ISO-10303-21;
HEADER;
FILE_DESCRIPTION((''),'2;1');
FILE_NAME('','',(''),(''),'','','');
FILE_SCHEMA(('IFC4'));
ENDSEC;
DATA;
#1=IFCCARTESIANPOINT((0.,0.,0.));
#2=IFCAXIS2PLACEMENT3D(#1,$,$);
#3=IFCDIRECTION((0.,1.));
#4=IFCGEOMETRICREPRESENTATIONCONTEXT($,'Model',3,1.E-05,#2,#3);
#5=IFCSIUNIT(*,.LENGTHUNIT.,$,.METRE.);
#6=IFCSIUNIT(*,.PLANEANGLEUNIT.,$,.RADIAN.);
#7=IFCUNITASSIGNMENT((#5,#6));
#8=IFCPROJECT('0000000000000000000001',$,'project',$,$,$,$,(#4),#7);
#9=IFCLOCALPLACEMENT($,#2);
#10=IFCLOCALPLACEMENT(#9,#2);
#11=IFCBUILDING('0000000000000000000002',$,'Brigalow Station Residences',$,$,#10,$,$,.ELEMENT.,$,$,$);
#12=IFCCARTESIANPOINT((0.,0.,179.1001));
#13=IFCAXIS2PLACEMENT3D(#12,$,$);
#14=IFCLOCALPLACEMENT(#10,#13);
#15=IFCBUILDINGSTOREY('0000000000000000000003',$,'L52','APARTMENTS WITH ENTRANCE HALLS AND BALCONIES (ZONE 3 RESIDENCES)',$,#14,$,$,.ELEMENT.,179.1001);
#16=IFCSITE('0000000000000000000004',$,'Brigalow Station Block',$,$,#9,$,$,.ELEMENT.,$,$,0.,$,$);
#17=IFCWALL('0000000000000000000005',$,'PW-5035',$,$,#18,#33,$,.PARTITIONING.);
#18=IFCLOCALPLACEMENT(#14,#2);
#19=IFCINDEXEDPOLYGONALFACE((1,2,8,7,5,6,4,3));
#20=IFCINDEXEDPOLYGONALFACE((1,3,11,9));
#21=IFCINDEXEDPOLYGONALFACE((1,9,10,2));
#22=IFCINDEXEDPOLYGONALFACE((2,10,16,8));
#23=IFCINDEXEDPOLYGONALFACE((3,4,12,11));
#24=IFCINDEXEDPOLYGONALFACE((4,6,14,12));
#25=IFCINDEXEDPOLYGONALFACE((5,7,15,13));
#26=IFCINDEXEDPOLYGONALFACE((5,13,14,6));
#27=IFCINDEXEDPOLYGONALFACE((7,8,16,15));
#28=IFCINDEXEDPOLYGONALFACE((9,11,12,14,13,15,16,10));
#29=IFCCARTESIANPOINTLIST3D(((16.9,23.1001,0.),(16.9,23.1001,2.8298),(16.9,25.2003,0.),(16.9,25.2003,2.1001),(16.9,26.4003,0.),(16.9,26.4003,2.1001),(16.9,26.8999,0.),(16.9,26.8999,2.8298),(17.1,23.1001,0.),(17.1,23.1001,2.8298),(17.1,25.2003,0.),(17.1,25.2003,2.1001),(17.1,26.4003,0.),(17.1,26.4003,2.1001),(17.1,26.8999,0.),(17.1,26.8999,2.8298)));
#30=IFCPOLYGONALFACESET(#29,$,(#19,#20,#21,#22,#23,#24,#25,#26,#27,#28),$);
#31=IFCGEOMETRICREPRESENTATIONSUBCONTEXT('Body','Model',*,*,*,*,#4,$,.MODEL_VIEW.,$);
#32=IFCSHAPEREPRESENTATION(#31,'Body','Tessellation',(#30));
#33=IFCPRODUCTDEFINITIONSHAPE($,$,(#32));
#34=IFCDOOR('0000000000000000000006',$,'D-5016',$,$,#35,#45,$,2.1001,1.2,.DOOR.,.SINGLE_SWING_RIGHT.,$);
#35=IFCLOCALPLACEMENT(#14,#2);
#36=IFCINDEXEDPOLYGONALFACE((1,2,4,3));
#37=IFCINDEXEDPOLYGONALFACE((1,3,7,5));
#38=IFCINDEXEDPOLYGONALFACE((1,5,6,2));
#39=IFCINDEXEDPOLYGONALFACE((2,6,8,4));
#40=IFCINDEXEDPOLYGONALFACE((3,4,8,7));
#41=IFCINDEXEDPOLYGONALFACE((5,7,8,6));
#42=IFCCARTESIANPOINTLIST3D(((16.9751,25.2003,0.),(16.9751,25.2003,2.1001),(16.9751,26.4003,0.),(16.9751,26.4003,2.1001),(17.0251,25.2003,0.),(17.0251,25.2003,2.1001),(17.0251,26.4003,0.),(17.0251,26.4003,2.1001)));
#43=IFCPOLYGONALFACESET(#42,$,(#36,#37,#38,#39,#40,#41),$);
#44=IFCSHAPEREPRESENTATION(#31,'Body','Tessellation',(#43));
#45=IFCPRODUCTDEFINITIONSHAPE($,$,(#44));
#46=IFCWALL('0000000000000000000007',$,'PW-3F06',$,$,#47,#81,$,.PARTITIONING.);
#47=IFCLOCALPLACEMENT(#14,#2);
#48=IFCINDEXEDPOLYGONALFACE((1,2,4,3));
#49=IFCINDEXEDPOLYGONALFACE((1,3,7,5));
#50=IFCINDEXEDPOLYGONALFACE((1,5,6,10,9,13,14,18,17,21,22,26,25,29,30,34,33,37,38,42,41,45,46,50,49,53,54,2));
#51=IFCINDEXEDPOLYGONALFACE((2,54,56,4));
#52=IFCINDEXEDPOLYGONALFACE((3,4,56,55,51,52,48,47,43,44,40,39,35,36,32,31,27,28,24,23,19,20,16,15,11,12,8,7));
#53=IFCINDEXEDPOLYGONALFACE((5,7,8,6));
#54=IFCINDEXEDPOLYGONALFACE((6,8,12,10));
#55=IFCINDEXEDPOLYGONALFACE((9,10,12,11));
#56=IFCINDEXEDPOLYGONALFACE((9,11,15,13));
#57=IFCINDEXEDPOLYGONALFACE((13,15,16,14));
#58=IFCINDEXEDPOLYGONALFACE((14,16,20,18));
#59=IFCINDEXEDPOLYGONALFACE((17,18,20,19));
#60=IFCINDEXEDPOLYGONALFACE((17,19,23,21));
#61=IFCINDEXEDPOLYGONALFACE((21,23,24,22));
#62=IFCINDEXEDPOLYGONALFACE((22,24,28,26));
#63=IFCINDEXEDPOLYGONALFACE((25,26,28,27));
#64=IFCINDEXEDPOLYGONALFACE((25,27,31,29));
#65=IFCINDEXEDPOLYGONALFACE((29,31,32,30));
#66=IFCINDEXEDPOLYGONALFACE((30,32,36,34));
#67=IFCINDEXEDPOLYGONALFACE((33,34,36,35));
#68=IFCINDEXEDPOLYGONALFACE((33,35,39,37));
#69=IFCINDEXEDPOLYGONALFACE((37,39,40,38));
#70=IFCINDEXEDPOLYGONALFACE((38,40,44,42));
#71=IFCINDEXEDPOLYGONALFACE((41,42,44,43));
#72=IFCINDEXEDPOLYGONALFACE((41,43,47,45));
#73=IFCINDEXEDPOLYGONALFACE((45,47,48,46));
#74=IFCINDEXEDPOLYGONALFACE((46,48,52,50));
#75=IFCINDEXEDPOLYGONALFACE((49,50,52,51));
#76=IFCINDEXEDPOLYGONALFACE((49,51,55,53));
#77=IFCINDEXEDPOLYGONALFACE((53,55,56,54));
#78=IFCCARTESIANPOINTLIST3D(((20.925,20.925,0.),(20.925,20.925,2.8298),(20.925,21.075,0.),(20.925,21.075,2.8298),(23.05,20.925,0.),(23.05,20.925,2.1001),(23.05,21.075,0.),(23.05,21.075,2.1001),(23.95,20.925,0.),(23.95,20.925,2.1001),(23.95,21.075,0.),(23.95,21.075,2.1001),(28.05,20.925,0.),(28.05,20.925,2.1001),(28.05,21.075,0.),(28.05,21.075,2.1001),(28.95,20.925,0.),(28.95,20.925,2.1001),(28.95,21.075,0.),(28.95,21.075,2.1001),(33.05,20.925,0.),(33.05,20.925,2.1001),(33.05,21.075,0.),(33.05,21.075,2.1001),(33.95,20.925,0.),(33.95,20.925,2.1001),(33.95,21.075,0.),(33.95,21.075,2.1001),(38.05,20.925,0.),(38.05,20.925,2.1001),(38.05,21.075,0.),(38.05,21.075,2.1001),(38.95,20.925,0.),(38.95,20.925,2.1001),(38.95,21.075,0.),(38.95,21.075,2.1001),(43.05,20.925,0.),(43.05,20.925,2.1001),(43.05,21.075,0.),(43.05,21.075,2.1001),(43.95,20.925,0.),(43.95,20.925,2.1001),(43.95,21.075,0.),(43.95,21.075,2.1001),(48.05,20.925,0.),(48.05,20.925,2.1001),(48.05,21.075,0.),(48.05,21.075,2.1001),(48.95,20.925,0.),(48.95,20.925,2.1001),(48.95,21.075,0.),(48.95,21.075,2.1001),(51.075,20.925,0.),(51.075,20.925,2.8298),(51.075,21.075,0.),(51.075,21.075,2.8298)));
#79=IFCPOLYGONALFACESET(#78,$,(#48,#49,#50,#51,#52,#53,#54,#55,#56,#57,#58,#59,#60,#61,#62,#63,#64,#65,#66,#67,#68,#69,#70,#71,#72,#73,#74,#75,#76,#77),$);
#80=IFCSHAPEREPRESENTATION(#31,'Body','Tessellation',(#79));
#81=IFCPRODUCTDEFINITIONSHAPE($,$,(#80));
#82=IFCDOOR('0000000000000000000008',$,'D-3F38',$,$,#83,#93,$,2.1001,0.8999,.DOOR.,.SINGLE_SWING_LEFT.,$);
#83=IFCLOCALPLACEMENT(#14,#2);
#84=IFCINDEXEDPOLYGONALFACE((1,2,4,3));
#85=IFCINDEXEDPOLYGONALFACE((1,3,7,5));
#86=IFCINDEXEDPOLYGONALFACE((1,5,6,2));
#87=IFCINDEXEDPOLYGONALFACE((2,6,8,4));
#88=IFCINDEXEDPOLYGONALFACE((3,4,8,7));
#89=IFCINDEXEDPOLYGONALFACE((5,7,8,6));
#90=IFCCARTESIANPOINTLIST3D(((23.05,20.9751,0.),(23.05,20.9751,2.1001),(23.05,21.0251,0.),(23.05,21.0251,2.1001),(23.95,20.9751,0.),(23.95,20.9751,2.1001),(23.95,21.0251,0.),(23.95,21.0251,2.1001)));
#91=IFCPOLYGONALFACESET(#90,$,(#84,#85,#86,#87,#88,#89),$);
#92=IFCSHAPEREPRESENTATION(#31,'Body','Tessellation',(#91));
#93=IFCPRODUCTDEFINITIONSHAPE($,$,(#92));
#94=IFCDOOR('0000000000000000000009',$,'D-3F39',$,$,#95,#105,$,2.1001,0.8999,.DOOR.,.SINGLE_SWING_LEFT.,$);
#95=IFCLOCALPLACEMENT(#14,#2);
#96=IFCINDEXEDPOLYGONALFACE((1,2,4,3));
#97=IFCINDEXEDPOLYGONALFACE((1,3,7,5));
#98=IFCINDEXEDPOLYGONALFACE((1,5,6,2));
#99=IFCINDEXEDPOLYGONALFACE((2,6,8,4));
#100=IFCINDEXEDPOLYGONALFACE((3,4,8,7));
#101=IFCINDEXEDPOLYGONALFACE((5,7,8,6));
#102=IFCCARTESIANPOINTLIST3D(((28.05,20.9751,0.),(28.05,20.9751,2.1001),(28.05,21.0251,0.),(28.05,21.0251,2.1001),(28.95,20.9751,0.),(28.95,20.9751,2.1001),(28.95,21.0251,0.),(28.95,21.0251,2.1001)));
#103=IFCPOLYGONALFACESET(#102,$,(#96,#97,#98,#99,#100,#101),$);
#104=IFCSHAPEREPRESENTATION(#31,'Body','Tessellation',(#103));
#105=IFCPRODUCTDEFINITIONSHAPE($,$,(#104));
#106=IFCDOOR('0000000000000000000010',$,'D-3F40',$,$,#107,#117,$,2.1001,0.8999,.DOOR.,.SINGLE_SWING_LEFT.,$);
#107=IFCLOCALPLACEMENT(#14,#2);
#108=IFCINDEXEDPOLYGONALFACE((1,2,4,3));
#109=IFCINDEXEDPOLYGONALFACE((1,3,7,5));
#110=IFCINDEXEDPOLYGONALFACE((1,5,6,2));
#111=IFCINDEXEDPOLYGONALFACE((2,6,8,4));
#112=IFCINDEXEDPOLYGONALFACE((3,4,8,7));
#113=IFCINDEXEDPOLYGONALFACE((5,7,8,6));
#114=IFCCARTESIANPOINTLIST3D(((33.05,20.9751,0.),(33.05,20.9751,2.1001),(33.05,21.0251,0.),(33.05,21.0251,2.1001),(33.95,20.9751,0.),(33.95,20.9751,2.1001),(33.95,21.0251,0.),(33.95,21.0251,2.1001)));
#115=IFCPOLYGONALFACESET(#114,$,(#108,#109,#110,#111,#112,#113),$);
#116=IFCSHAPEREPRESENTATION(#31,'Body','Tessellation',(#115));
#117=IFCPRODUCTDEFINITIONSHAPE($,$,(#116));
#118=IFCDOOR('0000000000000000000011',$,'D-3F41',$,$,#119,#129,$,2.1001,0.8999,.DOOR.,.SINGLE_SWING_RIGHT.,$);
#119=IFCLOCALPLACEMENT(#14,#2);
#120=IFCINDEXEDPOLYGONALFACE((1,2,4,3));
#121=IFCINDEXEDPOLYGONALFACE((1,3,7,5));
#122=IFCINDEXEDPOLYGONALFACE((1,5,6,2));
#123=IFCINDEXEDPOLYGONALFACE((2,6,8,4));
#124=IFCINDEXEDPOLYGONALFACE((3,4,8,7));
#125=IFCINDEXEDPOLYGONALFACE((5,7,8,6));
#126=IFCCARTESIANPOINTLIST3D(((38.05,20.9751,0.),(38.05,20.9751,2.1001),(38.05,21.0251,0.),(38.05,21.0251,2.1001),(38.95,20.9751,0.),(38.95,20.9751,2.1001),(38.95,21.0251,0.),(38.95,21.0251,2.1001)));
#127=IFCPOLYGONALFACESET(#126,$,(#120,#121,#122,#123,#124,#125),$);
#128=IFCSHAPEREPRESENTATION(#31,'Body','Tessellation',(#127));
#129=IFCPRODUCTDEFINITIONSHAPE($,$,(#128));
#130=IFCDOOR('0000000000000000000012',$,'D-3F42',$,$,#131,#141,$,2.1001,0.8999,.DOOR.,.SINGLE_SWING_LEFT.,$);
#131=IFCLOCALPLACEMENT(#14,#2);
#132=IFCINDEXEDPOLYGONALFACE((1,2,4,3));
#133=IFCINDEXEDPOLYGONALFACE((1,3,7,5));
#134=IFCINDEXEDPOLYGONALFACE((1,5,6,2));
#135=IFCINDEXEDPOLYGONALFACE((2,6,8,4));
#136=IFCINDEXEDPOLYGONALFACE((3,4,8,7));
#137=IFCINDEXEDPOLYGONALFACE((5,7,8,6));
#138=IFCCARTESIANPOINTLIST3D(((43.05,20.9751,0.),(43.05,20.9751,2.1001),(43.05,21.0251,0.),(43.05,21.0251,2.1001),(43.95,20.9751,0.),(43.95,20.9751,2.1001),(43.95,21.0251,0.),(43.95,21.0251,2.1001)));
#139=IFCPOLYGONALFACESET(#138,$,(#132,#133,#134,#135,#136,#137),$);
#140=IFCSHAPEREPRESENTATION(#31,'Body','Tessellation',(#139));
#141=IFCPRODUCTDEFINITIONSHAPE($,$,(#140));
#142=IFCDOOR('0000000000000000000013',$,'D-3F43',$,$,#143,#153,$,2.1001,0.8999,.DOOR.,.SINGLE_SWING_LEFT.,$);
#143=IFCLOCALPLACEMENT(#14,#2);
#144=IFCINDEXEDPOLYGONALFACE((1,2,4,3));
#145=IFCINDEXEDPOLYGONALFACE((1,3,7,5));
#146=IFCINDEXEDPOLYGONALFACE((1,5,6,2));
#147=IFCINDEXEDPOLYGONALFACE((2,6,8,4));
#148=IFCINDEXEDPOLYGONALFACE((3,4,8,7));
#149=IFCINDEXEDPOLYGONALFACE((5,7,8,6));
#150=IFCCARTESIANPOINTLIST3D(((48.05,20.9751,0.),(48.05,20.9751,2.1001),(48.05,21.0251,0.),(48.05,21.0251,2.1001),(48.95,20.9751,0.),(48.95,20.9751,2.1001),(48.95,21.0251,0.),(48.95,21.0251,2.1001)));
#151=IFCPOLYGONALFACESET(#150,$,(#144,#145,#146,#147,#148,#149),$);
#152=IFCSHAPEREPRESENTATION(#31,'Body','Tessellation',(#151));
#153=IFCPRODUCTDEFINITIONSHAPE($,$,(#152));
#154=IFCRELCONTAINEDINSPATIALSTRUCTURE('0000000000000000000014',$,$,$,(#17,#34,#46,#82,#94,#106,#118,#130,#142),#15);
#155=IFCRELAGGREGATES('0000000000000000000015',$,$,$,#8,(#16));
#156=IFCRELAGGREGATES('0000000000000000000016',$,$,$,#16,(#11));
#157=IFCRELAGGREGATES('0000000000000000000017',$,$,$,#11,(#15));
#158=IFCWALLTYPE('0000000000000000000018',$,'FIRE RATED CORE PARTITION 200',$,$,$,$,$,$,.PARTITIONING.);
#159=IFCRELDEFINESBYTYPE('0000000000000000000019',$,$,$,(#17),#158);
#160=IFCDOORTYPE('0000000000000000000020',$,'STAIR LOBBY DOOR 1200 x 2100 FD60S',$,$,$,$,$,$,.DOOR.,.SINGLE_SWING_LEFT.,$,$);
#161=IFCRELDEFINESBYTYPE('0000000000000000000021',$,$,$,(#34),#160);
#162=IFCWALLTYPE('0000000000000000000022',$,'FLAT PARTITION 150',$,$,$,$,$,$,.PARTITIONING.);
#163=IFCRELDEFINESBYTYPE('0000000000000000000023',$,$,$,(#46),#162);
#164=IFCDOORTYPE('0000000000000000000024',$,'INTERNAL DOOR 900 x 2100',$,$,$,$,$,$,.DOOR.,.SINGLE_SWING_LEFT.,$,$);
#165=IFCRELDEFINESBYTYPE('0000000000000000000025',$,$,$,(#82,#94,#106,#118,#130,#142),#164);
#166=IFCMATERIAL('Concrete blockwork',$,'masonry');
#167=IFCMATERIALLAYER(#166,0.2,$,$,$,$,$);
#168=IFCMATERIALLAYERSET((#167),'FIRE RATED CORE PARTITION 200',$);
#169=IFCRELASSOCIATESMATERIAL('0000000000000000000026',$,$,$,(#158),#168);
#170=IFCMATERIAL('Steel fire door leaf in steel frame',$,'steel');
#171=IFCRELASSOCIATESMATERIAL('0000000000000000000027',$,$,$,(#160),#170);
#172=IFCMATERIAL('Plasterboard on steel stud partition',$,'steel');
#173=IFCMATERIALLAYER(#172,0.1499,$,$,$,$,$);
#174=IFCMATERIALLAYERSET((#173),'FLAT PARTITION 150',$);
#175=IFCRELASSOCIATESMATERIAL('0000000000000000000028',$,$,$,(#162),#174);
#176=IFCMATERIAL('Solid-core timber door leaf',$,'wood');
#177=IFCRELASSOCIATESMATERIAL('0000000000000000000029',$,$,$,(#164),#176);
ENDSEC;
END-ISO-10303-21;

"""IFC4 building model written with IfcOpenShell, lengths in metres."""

from ifc_helpers import new_model, si_unit, direction, frame, frame_2d, origin, place, context, subcontext, project, spatial, rectangle, extrude, material, layer, layer_set, type_object, element, fill, save


model = new_model("IFC4")

# Units and contexts
model_context = context("Model", 3, precision=1e-05, world=origin(), true_north=direction((0.0, 1.0)))
body_context = subcontext(model_context, "Body", "Model", "MODEL_VIEW")
ifc_project = project(units=[si_unit("LENGTHUNIT", "METRE"), si_unit("PLANEANGLEUNIT", "RADIAN")], contexts=[model_context])

# Site, building, storey
site_placement = place(None, origin())
site = spatial("IfcSite", under=ifc_project, at=site_placement, Name="Brigalow Station Block", CompositionType="ELEMENT", RefElevation=0.0)
building_placement = place(site_placement, origin())
building = spatial("IfcBuilding", under=site, at=building_placement, Name="Brigalow Station Residences", CompositionType="ELEMENT")
storey_placement = place(building_placement, frame((0.0, 0.0, 179.1001)))
storey = spatial("IfcBuildingStorey", under=building, at=storey_placement, Name="L52", Description="APARTMENTS WITH ENTRANCE HALLS AND BALCONIES (ZONE 3 RESIDENCES)", CompositionType="ELEMENT", Elevation=179.1001)

# Wall, opening, door
ifc_material_1 = material(Name="Concrete blockwork", Category="masonry")
ifc_layer_1 = layer(ifc_material_1, 0.2)
ifc_layer_set_1 = layer_set([ifc_layer_1], Name="FIRE RATED CORE PARTITION 200")
wall_type_1 = type_object("IfcWallType", Name="FIRE RATED CORE PARTITION 200", PredefinedType="PARTITIONING", material=ifc_layer_set_1)
wall_1_placement = place(storey_placement, frame((17.0, 23.1001, 0.0), z_axis=(0.0, 0.0, 1.0), x_axis=(0.0, 1.0, 0.0)))
wall_1 = element("IfcWall", 1, at=wall_1_placement, inside=storey, type_object=wall_type_1, Name="PW-5035", PredefinedType="PARTITIONING", context=body_context, shape_type="SweptSolid", body=[
    extrude(rectangle(XDim=3.7998, YDim=0.2, at=frame_2d((1.8999, 0.0))), origin(), (0.0, 0.0, 1.0), 2.8298),
])
opening_1_placement = place(wall_1_placement, frame((2.1001, 0.0, 0.0)))
opening_1 = element("IfcOpeningElement", 2, at=opening_1_placement, cuts=wall_1, PredefinedType="OPENING", context=body_context, shape_type="SweptSolid", body=[
    extrude(rectangle(XDim=1.2, YDim=2.1001, at=frame_2d((0.6001, 1.05))), frame((0.0, 0.1099, 0.0), z_axis=(0.0, -1.0, 0.0), x_axis=(1.0, 0.0, 0.0)), (0.0, 0.0, 1.0), 0.22),
])
ifc_material_2 = material(Name="Steel fire door leaf in steel frame", Category="steel")
door_type_1 = type_object("IfcDoorType", Name="STAIR LOBBY DOOR 1200 x 2100 FD60S", OperationType="SINGLE_SWING_LEFT", PredefinedType="DOOR", material=ifc_material_2)
door_1_placement = place(opening_1_placement, origin())
door_1 = element("IfcDoor", 3, at=door_1_placement, inside=storey, type_object=door_type_1, Name="D-5016", OperationType="SINGLE_SWING_RIGHT", OverallHeight=2.1001, OverallWidth=1.2, PredefinedType="DOOR", context=body_context, shape_type="SweptSolid", body=[
    extrude(rectangle(XDim=1.2, YDim=2.1001, at=frame_2d((0.6001, 1.05))), frame((0.0, 0.0249, 0.0), z_axis=(0.0, -1.0, 0.0), x_axis=(1.0, 0.0, 0.0)), (0.0, 0.0, 1.0), 0.05),
])
fill(opening_1, door_1)

# Wall, openings, doors
ifc_material_3 = material(Name="Plasterboard on steel stud partition", Category="steel")
ifc_layer_2 = layer(ifc_material_3, 0.1499)
ifc_layer_set_2 = layer_set([ifc_layer_2], Name="FLAT PARTITION 150")
wall_type_2 = type_object("IfcWallType", Name="FLAT PARTITION 150", PredefinedType="PARTITIONING", material=ifc_layer_set_2)
wall_2_placement = place(storey_placement, frame((20.925, 21.0, 0.0), z_axis=(0.0, 0.0, 1.0), x_axis=(1.0, 0.0, 0.0)))
wall_2 = element("IfcWall", 4, at=wall_2_placement, inside=storey, type_object=wall_type_2, Name="PW-3F06", PredefinedType="PARTITIONING", context=body_context, shape_type="SweptSolid", body=[
    extrude(rectangle(XDim=30.1499, YDim=0.1499, at=frame_2d((15.075, 0.0))), origin(), (0.0, 0.0, 1.0), 2.8298),
])
opening_2_placement = place(wall_2_placement, frame((2.125, 0.0, 0.0)))
opening_2 = element("IfcOpeningElement", 5, at=opening_2_placement, cuts=wall_2, PredefinedType="OPENING", context=body_context, shape_type="SweptSolid", body=[
    extrude(rectangle(XDim=0.8999, YDim=2.1001, at=frame_2d((0.45, 1.05))), frame((0.0, 0.085, 0.0), z_axis=(0.0, -1.0, 0.0), x_axis=(1.0, 0.0, 0.0)), (0.0, 0.0, 1.0), 0.1699),
])
opening_3_placement = place(wall_2_placement, frame((7.125, 0.0, 0.0)))
opening_3 = element("IfcOpeningElement", 6, at=opening_3_placement, cuts=wall_2, PredefinedType="OPENING", context=body_context, shape_type="SweptSolid", body=[
    extrude(rectangle(XDim=0.8999, YDim=2.1001, at=frame_2d((0.45, 1.05))), frame((0.0, 0.085, 0.0), z_axis=(0.0, -1.0, 0.0), x_axis=(1.0, 0.0, 0.0)), (0.0, 0.0, 1.0), 0.1699),
])
opening_4_placement = place(wall_2_placement, frame((12.125, 0.0, 0.0)))
opening_4 = element("IfcOpeningElement", 7, at=opening_4_placement, cuts=wall_2, PredefinedType="OPENING", context=body_context, shape_type="SweptSolid", body=[
    extrude(rectangle(XDim=0.8999, YDim=2.1001, at=frame_2d((0.45, 1.05))), frame((0.0, 0.085, 0.0), z_axis=(0.0, -1.0, 0.0), x_axis=(1.0, 0.0, 0.0)), (0.0, 0.0, 1.0), 0.1699),
])
opening_5_placement = place(wall_2_placement, frame((17.125, 0.0, 0.0)))
opening_5 = element("IfcOpeningElement", 8, at=opening_5_placement, cuts=wall_2, PredefinedType="OPENING", context=body_context, shape_type="SweptSolid", body=[
    extrude(rectangle(XDim=0.8999, YDim=2.1001, at=frame_2d((0.45, 1.05))), frame((0.0, 0.085, 0.0), z_axis=(0.0, -1.0, 0.0), x_axis=(1.0, 0.0, 0.0)), (0.0, 0.0, 1.0), 0.1699),
])
opening_6_placement = place(wall_2_placement, frame((22.125, 0.0, 0.0)))
opening_6 = element("IfcOpeningElement", 9, at=opening_6_placement, cuts=wall_2, PredefinedType="OPENING", context=body_context, shape_type="SweptSolid", body=[
    extrude(rectangle(XDim=0.8999, YDim=2.1001, at=frame_2d((0.45, 1.05))), frame((0.0, 0.085, 0.0), z_axis=(0.0, -1.0, 0.0), x_axis=(1.0, 0.0, 0.0)), (0.0, 0.0, 1.0), 0.1699),
])
opening_7_placement = place(wall_2_placement, frame((27.125, 0.0, 0.0)))
opening_7 = element("IfcOpeningElement", 10, at=opening_7_placement, cuts=wall_2, PredefinedType="OPENING", context=body_context, shape_type="SweptSolid", body=[
    extrude(rectangle(XDim=0.8999, YDim=2.1001, at=frame_2d((0.45, 1.05))), frame((0.0, 0.085, 0.0), z_axis=(0.0, -1.0, 0.0), x_axis=(1.0, 0.0, 0.0)), (0.0, 0.0, 1.0), 0.1699),
])
ifc_material_4 = material(Name="Solid-core timber door leaf", Category="wood")
door_type_2 = type_object("IfcDoorType", Name="INTERNAL DOOR 900 x 2100", OperationType="SINGLE_SWING_LEFT", PredefinedType="DOOR", material=ifc_material_4)
door_2_placement = place(opening_2_placement, frame((0.8999, 0.0, 0.0), z_axis=(0.0, 0.0, 1.0), x_axis=(-1.0, 0.0, 0.0)))
door_2 = element("IfcDoor", 11, at=door_2_placement, inside=storey, type_object=door_type_2, Name="D-3F38", OperationType="SINGLE_SWING_LEFT", OverallHeight=2.1001, OverallWidth=0.8999, PredefinedType="DOOR", context=body_context, shape_type="SweptSolid", body=[
    extrude(rectangle(XDim=0.8999, YDim=2.1001, at=frame_2d((0.45, 1.05))), frame((0.0, 0.0249, 0.0), z_axis=(0.0, -1.0, 0.0), x_axis=(1.0, 0.0, 0.0)), (0.0, 0.0, 1.0), 0.05),
])
fill(opening_2, door_2)
door_3_placement = place(opening_3_placement, frame((0.8999, 0.0, 0.0), z_axis=(0.0, 0.0, 1.0), x_axis=(-1.0, 0.0, 0.0)))
door_3 = element("IfcDoor", 12, at=door_3_placement, inside=storey, type_object=door_type_2, Name="D-3F39", OperationType="SINGLE_SWING_LEFT", OverallHeight=2.1001, OverallWidth=0.8999, PredefinedType="DOOR", context=body_context, shape_type="SweptSolid", body=[
    extrude(rectangle(XDim=0.8999, YDim=2.1001, at=frame_2d((0.45, 1.05))), frame((0.0, 0.0249, 0.0), z_axis=(0.0, -1.0, 0.0), x_axis=(1.0, 0.0, 0.0)), (0.0, 0.0, 1.0), 0.05),
])
fill(opening_3, door_3)
door_4_placement = place(opening_4_placement, frame((0.8999, 0.0, 0.0), z_axis=(0.0, 0.0, 1.0), x_axis=(-1.0, 0.0, 0.0)))
door_4 = element("IfcDoor", 13, at=door_4_placement, inside=storey, type_object=door_type_2, Name="D-3F40", OperationType="SINGLE_SWING_LEFT", OverallHeight=2.1001, OverallWidth=0.8999, PredefinedType="DOOR", context=body_context, shape_type="SweptSolid", body=[
    extrude(rectangle(XDim=0.8999, YDim=2.1001, at=frame_2d((0.45, 1.05))), frame((0.0, 0.0249, 0.0), z_axis=(0.0, -1.0, 0.0), x_axis=(1.0, 0.0, 0.0)), (0.0, 0.0, 1.0), 0.05),
])
fill(opening_4, door_4)
door_5_placement = place(opening_5_placement, frame((0.8999, 0.0, 0.0), z_axis=(0.0, 0.0, 1.0), x_axis=(-1.0, 0.0, 0.0)))
door_5 = element("IfcDoor", 14, at=door_5_placement, inside=storey, type_object=door_type_2, Name="D-3F41", OperationType="SINGLE_SWING_RIGHT", OverallHeight=2.1001, OverallWidth=0.8999, PredefinedType="DOOR", context=body_context, shape_type="SweptSolid", body=[
    extrude(rectangle(XDim=0.8999, YDim=2.1001, at=frame_2d((0.45, 1.05))), frame((0.0, 0.0249, 0.0), z_axis=(0.0, -1.0, 0.0), x_axis=(1.0, 0.0, 0.0)), (0.0, 0.0, 1.0), 0.05),
])
fill(opening_5, door_5)
door_6_placement = place(opening_6_placement, frame((0.8999, 0.0, 0.0), z_axis=(0.0, 0.0, 1.0), x_axis=(-1.0, 0.0, 0.0)))
door_6 = element("IfcDoor", 15, at=door_6_placement, inside=storey, type_object=door_type_2, Name="D-3F42", OperationType="SINGLE_SWING_LEFT", OverallHeight=2.1001, OverallWidth=0.8999, PredefinedType="DOOR", context=body_context, shape_type="SweptSolid", body=[
    extrude(rectangle(XDim=0.8999, YDim=2.1001, at=frame_2d((0.45, 1.05))), frame((0.0, 0.0249, 0.0), z_axis=(0.0, -1.0, 0.0), x_axis=(1.0, 0.0, 0.0)), (0.0, 0.0, 1.0), 0.05),
])
fill(opening_6, door_6)
door_7_placement = place(opening_7_placement, frame((0.8999, 0.0, 0.0), z_axis=(0.0, 0.0, 1.0), x_axis=(-1.0, 0.0, 0.0)))
door_7 = element("IfcDoor", 16, at=door_7_placement, inside=storey, type_object=door_type_2, Name="D-3F43", OperationType="SINGLE_SWING_LEFT", OverallHeight=2.1001, OverallWidth=0.8999, PredefinedType="DOOR", context=body_context, shape_type="SweptSolid", body=[
    extrude(rectangle(XDim=0.8999, YDim=2.1001, at=frame_2d((0.45, 1.05))), frame((0.0, 0.0249, 0.0), z_axis=(0.0, -1.0, 0.0), x_axis=(1.0, 0.0, 0.0)), (0.0, 0.0, 1.0), 0.05),
])
fill(opening_7, door_7)

save(model, "model.ifc")
